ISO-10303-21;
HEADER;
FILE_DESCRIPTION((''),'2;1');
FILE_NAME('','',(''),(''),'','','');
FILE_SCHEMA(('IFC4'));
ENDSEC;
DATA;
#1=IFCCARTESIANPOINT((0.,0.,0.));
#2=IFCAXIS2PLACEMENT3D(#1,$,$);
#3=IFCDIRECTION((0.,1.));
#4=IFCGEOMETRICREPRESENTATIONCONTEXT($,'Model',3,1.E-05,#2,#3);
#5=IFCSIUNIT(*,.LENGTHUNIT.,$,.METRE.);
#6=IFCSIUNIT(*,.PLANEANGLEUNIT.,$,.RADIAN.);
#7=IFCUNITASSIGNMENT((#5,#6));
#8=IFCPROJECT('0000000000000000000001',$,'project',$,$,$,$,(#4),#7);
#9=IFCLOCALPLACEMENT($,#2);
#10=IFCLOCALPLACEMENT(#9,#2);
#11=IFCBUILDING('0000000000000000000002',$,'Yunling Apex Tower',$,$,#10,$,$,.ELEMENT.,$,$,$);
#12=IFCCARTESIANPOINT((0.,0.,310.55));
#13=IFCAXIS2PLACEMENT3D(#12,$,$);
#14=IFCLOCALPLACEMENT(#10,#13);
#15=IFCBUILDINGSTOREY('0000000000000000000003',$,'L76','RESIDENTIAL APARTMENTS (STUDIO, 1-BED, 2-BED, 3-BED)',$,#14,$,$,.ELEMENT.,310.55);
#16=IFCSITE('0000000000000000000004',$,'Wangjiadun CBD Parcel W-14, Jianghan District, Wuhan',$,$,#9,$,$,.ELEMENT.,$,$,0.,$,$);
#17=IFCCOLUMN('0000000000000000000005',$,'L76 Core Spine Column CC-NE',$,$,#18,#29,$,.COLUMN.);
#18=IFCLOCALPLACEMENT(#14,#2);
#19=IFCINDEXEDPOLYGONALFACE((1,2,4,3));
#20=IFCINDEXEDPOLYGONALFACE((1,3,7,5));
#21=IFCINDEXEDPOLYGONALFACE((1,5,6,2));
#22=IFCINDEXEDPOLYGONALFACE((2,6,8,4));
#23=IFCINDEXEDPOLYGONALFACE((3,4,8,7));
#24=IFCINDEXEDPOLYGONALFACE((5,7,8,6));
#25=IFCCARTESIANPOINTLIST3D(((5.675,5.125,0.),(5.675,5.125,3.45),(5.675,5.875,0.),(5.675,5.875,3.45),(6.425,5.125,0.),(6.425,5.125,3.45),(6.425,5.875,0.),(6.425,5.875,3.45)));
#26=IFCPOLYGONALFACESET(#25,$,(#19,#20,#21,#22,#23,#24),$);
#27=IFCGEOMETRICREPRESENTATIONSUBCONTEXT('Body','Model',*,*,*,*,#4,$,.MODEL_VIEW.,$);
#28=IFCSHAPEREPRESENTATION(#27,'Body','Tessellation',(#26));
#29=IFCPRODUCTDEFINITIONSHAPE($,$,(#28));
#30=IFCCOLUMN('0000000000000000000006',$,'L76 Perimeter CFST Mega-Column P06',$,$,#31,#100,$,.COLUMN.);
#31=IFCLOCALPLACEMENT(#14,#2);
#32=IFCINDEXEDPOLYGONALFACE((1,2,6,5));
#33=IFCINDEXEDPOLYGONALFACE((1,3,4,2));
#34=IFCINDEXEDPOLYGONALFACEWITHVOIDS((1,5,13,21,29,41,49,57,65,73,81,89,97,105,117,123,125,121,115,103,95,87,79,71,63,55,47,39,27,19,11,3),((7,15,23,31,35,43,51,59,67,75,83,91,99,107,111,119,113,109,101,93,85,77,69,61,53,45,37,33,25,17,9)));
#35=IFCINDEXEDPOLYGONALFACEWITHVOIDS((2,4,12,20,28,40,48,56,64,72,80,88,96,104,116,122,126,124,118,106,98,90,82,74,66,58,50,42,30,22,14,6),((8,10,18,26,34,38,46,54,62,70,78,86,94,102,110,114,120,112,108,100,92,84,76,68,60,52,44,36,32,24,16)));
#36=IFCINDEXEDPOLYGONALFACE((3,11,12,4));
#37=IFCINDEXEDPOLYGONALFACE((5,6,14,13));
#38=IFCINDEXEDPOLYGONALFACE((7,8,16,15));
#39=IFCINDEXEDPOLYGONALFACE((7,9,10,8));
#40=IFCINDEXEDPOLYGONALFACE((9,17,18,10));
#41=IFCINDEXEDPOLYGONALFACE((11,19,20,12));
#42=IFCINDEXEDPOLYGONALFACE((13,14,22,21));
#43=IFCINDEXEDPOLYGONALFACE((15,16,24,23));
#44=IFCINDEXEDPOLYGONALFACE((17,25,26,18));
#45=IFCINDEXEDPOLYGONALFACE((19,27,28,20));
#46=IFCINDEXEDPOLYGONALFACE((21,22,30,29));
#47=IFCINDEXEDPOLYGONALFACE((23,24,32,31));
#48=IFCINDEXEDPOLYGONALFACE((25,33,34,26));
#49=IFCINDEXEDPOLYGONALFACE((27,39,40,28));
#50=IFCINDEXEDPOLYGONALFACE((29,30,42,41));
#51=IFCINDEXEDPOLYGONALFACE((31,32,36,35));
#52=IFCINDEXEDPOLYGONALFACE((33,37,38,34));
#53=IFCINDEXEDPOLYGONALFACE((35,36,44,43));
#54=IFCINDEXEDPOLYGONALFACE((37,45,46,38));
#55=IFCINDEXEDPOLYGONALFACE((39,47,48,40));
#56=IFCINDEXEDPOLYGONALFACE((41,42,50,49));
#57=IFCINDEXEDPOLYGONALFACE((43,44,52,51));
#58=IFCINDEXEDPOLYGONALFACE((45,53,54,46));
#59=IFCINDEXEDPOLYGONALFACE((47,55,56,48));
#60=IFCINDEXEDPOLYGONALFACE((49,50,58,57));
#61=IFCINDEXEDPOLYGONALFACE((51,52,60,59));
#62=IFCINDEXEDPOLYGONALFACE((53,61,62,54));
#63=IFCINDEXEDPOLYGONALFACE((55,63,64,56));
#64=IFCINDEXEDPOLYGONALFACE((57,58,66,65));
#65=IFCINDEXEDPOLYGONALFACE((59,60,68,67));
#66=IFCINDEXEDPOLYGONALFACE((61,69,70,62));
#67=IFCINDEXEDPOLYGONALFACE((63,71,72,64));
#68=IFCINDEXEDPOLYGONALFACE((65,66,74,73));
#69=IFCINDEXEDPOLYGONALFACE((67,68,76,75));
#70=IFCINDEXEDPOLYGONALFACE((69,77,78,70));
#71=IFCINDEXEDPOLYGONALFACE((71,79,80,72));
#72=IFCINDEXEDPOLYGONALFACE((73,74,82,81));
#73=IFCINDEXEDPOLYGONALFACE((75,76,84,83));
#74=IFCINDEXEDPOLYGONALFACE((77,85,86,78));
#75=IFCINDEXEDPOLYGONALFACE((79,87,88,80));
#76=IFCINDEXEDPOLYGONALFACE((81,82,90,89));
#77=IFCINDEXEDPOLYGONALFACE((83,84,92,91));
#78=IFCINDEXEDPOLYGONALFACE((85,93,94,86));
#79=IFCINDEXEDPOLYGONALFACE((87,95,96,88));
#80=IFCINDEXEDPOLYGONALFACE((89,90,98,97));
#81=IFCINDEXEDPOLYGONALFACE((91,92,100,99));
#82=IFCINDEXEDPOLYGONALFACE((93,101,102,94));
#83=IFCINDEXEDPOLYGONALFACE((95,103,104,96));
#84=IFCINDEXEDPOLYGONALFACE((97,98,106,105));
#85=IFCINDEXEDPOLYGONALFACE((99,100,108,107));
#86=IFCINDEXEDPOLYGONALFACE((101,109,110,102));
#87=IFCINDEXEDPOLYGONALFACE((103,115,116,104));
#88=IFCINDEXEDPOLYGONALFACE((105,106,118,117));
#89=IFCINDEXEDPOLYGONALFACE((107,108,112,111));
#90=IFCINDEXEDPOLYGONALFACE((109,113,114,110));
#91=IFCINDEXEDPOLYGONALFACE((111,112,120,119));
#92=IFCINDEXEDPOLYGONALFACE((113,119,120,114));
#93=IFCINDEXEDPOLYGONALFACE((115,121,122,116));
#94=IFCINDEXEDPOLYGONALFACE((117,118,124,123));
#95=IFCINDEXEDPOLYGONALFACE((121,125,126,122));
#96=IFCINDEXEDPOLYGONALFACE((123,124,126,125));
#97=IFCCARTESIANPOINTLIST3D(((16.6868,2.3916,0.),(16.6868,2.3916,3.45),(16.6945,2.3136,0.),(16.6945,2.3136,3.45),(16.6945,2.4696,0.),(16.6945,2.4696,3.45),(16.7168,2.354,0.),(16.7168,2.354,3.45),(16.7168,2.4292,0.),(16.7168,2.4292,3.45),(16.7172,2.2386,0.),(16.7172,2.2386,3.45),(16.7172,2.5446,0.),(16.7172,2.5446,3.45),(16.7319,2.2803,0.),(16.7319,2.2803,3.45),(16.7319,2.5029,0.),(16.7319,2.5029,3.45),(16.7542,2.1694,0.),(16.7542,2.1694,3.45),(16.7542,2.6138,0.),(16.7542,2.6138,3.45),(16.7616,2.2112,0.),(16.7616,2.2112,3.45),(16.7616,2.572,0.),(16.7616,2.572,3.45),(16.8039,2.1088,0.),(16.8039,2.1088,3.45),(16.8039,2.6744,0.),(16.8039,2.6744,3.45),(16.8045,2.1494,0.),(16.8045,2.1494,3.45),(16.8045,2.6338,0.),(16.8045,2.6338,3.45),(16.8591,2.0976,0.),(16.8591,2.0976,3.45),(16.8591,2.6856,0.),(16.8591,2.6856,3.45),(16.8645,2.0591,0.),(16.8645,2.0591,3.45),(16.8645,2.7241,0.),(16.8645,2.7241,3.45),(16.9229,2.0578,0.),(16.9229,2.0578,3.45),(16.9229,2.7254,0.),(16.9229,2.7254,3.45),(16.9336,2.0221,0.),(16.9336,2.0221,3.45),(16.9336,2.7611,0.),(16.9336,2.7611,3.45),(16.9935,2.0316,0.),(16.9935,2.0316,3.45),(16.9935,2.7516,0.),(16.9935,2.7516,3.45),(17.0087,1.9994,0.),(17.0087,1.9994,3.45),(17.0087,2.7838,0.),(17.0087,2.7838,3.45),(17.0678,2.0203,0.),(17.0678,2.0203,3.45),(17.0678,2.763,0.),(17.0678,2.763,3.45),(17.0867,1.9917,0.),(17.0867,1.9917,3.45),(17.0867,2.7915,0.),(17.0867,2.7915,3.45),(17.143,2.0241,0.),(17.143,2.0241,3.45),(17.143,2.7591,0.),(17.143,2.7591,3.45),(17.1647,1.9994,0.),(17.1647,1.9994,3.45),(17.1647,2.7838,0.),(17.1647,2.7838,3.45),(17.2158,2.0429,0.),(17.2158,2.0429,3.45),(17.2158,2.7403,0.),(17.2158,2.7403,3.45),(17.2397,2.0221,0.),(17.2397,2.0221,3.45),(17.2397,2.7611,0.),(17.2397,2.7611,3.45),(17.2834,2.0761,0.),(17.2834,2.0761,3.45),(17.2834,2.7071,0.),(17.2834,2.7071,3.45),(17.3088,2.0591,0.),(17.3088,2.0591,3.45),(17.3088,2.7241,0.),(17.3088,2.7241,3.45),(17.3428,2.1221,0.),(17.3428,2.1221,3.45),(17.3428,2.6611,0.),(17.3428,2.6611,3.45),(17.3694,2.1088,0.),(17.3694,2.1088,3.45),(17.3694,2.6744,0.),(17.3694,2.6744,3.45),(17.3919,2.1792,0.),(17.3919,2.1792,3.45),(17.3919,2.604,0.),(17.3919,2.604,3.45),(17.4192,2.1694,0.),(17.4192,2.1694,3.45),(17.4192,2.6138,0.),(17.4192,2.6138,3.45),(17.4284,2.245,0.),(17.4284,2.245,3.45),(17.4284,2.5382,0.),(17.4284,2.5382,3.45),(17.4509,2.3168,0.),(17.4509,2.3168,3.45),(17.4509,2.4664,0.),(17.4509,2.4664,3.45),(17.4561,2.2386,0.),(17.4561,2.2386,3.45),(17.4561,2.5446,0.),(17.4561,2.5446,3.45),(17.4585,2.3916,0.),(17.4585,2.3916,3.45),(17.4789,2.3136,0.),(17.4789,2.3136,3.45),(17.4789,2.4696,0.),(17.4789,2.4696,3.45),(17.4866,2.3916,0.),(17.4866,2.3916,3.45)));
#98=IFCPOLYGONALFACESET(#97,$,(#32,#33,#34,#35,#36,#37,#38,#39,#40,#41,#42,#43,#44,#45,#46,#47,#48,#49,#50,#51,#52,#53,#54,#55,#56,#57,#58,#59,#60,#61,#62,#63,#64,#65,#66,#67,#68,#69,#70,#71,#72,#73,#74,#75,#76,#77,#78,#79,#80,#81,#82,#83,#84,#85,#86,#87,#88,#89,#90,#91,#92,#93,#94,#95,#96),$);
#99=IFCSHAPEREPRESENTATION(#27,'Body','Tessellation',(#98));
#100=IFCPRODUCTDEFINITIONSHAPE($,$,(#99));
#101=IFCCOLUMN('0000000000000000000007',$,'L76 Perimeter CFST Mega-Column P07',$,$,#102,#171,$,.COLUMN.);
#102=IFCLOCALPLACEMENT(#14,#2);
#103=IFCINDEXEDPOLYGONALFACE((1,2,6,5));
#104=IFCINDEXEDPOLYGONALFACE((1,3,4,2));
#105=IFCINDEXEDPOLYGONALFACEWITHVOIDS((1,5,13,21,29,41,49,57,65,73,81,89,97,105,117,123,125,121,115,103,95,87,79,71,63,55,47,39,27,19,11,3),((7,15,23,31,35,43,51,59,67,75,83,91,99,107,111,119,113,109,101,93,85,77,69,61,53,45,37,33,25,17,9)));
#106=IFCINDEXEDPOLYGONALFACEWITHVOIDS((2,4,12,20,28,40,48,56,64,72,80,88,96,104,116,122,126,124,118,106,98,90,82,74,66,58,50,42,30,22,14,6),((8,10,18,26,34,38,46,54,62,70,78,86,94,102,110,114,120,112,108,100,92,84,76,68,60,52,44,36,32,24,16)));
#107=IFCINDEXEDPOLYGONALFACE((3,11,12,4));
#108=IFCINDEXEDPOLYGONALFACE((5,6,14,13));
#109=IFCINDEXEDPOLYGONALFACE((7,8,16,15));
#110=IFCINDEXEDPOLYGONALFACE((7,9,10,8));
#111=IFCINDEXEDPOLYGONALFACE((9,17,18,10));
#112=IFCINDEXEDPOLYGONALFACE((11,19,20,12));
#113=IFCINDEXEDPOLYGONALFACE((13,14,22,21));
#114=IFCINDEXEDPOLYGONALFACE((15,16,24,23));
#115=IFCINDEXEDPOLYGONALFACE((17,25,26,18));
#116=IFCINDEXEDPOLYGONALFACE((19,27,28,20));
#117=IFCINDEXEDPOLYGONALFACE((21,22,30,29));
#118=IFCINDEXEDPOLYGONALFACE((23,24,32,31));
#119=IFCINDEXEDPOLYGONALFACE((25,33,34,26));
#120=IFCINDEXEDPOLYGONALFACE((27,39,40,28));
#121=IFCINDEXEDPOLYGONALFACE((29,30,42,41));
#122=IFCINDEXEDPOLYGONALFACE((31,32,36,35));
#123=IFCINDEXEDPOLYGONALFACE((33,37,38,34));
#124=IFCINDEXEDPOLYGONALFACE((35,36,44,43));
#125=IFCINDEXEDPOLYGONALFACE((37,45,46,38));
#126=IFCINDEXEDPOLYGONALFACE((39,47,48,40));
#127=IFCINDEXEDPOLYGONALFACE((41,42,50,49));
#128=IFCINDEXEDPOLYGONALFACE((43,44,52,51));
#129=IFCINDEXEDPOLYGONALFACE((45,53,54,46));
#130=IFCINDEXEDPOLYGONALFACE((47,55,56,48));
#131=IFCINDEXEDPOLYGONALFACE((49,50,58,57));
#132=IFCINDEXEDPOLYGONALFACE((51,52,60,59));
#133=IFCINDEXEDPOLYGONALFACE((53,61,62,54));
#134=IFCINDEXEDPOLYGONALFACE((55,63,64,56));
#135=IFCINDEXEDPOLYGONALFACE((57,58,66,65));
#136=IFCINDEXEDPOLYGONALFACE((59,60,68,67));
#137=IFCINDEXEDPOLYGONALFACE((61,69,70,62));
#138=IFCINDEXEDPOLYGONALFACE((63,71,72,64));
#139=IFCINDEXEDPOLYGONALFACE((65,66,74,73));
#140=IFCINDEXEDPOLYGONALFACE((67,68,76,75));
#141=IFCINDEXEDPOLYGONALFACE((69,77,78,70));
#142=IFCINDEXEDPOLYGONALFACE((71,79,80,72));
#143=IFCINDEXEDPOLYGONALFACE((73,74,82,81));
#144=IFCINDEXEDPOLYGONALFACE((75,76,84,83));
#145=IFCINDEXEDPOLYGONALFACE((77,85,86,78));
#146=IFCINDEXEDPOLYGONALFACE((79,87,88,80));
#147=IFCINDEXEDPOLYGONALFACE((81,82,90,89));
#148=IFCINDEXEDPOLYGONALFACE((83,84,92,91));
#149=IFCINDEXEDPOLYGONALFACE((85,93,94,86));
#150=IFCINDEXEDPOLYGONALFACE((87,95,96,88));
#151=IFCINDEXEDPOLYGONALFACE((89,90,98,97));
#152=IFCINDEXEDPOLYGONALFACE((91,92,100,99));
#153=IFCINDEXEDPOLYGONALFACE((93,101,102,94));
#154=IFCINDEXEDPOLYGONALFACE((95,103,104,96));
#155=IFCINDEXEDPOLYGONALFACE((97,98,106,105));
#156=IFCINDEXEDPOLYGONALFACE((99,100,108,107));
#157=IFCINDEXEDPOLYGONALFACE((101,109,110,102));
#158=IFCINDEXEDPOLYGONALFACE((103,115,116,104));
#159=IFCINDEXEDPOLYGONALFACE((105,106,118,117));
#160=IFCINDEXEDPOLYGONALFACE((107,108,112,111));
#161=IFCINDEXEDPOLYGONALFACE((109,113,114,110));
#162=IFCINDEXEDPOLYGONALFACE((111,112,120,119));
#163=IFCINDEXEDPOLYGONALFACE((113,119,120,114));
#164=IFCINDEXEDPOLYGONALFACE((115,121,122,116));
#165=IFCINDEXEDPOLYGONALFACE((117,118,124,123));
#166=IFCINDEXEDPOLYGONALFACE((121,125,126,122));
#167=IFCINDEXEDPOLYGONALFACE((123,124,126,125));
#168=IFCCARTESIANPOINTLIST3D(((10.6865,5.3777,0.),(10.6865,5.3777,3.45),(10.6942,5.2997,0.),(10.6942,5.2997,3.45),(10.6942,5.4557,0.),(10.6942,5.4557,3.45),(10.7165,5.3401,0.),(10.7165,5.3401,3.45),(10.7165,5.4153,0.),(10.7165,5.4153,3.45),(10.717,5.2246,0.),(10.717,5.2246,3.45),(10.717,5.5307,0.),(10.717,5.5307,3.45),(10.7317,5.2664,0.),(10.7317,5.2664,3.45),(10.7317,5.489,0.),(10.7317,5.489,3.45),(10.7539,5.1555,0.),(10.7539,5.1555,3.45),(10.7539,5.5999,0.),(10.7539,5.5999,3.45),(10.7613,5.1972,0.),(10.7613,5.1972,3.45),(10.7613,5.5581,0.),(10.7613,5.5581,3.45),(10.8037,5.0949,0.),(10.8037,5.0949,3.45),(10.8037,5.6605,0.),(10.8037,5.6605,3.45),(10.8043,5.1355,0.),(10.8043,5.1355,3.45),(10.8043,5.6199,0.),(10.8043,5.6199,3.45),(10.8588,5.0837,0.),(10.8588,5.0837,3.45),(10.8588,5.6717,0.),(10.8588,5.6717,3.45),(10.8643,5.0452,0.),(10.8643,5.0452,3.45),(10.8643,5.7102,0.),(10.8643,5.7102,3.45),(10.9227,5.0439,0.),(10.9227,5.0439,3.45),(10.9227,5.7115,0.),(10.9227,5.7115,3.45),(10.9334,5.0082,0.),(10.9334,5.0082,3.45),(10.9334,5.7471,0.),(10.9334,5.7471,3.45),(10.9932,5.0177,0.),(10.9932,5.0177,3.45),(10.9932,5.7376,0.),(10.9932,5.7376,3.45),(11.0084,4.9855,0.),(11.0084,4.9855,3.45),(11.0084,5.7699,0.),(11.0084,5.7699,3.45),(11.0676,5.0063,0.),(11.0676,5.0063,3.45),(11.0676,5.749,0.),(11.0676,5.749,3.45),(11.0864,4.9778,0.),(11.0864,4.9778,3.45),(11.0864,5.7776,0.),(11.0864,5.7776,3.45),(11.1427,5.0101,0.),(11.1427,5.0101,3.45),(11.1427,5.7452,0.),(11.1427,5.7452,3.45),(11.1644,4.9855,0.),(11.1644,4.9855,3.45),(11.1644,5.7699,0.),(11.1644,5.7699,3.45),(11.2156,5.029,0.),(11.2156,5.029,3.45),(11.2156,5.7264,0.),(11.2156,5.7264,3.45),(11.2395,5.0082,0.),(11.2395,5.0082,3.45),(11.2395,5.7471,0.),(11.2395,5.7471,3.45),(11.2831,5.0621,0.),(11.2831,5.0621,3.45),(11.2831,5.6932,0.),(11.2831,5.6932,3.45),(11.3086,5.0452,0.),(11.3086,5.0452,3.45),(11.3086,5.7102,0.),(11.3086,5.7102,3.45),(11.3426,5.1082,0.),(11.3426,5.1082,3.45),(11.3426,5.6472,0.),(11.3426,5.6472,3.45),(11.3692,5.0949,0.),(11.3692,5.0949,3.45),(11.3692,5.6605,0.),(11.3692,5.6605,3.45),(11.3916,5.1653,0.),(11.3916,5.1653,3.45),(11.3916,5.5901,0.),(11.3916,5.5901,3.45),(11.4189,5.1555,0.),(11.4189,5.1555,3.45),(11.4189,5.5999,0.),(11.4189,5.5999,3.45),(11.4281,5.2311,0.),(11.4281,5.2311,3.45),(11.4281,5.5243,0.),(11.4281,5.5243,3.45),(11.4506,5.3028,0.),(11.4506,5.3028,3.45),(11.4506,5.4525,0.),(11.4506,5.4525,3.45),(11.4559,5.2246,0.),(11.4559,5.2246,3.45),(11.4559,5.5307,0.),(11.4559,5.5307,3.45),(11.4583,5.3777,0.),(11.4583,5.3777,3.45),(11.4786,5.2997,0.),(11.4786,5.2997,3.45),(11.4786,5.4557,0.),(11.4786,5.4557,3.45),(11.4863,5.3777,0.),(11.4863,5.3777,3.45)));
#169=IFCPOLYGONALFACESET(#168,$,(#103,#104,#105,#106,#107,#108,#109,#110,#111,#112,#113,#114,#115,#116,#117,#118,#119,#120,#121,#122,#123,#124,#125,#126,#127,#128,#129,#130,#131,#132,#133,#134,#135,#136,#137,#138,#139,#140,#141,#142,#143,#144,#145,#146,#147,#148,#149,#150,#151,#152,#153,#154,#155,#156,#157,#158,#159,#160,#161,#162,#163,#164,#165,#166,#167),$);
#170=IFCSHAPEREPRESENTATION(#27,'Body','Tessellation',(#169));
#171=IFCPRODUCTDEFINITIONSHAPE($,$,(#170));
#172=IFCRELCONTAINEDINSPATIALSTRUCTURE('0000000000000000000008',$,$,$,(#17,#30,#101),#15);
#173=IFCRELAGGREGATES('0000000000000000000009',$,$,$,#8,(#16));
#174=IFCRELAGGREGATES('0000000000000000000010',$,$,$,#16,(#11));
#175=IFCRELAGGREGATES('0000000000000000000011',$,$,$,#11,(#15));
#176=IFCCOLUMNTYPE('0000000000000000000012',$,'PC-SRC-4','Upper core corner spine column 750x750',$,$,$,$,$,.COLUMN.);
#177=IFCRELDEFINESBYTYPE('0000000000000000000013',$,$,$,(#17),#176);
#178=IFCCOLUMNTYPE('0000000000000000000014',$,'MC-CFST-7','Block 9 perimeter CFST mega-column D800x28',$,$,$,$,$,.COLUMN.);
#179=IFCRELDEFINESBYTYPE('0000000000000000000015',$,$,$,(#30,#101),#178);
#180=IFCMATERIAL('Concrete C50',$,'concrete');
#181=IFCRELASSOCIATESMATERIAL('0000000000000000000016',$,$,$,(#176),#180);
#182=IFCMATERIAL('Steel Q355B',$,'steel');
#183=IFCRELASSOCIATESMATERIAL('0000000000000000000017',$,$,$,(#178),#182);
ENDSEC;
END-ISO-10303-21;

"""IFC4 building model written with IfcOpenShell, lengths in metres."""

from ifc_helpers import new_model, si_unit, direction, frame, origin, origin_2d, place, context, subcontext, project, spatial, rectangle, hollow_circle, extrude, source, transform, mapped, material, material_profile, profile_set, type_object, element, save


model = new_model("IFC4")

# Units and contexts
model_context = context("Model", 3, precision=1e-05, world=origin(), true_north=direction((0.0, 1.0)))
body_context = subcontext(model_context, "Body", "Model", "MODEL_VIEW")
ifc_project = project(units=[si_unit("LENGTHUNIT", "METRE"), si_unit("PLANEANGLEUNIT", "RADIAN")], contexts=[model_context])

# Site, building, storey
site_placement = place(None, origin())
site = spatial("IfcSite", under=ifc_project, at=site_placement, Name="Wangjiadun CBD Parcel W-14, Jianghan District, Wuhan", CompositionType="ELEMENT", RefElevation=0.0)
building_placement = place(site_placement, origin())
building = spatial("IfcBuilding", under=site, at=building_placement, Name="Yunling Apex Tower", CompositionType="ELEMENT")
storey_placement = place(building_placement, frame((0.0, 0.0, 310.55)))
storey = spatial("IfcBuildingStorey", under=building, at=storey_placement, Name="L76", Description="RESIDENTIAL APARTMENTS (STUDIO, 1-BED, 2-BED, 3-BED)", CompositionType="ELEMENT", Elevation=310.55)

# Columns
ifc_material_1 = material(Name="Concrete C50", Category="concrete")
ifc_material_profile_1 = material_profile(ifc_material_1, rectangle(XDim=0.75, YDim=0.75, at=origin_2d()))
ifc_profile_set_1 = profile_set([ifc_material_profile_1], Name="Concrete C50")
column_type_1 = type_object("IfcColumnType", Name="PC-SRC-4", Description="Upper core corner spine column 750x750", PredefinedType="COLUMN", material=ifc_profile_set_1)
shared_shape_1 = source(origin(), body_context, "Body", "SweptSolid", [
    extrude(rectangle(XDim=0.75, YDim=0.75, at=origin_2d()), origin(), (0.0, 0.0, 1.0), 3.45),
])
column_placement = place(storey_placement, frame((6.05, 5.5, 0.0), z_axis=(0.0, 0.0, 1.0), x_axis=(1.0, 0.0, 0.0)))
element("IfcColumn", 1, at=column_placement, inside=storey, type_object=column_type_1, Name="L76 Core Spine Column CC-NE", PredefinedType="COLUMN", context=body_context, shape_type="MappedRepresentation", body=[
    mapped(shared_shape_1, transform((0.0, 0.0, 0.0), scale=1.0)),
])
ifc_material_2 = material(Name="Steel Q355B", Category="steel")
ifc_material_profile_2 = material_profile(ifc_material_2, hollow_circle(Radius=0.3999, WallThickness=0.0281, at=origin_2d()))
ifc_profile_set_2 = profile_set([ifc_material_profile_2], Name="Steel Q355B")
column_type_2 = type_object("IfcColumnType", Name="MC-CFST-7", Description="Block 9 perimeter CFST mega-column D800x28", PredefinedType="COLUMN", material=ifc_profile_set_2)
shared_shape_2 = source(origin(), body_context, "Body", "SweptSolid", [
    extrude(hollow_circle(Radius=0.3999, WallThickness=0.0281, at=origin_2d()), origin(), (0.0, 0.0, 1.0), 3.45),
])
for number, where, z_axis, x_axis, name in (
    (2, (17.0867, 2.3916, 0.0), (0.0, 0.0, 1.0), (1.0, 0.0, 0.0), "L76 Perimeter CFST Mega-Column P06"),
    (3, (11.0864, 5.3777, 0.0), (0.0, 0.0, 1.0), (1.0, 0.0, 0.0), "L76 Perimeter CFST Mega-Column P07"),
):
    element("IfcColumn", number, at=place(storey_placement, frame(where, z_axis=z_axis, x_axis=x_axis)), inside=storey, type_object=column_type_2, Name=name, PredefinedType="COLUMN", context=body_context, shape_type="MappedRepresentation", body=[
        mapped(shared_shape_2, transform((0.0, 0.0, 0.0), scale=1.0)),
    ])

save(model, "model.ifc")
